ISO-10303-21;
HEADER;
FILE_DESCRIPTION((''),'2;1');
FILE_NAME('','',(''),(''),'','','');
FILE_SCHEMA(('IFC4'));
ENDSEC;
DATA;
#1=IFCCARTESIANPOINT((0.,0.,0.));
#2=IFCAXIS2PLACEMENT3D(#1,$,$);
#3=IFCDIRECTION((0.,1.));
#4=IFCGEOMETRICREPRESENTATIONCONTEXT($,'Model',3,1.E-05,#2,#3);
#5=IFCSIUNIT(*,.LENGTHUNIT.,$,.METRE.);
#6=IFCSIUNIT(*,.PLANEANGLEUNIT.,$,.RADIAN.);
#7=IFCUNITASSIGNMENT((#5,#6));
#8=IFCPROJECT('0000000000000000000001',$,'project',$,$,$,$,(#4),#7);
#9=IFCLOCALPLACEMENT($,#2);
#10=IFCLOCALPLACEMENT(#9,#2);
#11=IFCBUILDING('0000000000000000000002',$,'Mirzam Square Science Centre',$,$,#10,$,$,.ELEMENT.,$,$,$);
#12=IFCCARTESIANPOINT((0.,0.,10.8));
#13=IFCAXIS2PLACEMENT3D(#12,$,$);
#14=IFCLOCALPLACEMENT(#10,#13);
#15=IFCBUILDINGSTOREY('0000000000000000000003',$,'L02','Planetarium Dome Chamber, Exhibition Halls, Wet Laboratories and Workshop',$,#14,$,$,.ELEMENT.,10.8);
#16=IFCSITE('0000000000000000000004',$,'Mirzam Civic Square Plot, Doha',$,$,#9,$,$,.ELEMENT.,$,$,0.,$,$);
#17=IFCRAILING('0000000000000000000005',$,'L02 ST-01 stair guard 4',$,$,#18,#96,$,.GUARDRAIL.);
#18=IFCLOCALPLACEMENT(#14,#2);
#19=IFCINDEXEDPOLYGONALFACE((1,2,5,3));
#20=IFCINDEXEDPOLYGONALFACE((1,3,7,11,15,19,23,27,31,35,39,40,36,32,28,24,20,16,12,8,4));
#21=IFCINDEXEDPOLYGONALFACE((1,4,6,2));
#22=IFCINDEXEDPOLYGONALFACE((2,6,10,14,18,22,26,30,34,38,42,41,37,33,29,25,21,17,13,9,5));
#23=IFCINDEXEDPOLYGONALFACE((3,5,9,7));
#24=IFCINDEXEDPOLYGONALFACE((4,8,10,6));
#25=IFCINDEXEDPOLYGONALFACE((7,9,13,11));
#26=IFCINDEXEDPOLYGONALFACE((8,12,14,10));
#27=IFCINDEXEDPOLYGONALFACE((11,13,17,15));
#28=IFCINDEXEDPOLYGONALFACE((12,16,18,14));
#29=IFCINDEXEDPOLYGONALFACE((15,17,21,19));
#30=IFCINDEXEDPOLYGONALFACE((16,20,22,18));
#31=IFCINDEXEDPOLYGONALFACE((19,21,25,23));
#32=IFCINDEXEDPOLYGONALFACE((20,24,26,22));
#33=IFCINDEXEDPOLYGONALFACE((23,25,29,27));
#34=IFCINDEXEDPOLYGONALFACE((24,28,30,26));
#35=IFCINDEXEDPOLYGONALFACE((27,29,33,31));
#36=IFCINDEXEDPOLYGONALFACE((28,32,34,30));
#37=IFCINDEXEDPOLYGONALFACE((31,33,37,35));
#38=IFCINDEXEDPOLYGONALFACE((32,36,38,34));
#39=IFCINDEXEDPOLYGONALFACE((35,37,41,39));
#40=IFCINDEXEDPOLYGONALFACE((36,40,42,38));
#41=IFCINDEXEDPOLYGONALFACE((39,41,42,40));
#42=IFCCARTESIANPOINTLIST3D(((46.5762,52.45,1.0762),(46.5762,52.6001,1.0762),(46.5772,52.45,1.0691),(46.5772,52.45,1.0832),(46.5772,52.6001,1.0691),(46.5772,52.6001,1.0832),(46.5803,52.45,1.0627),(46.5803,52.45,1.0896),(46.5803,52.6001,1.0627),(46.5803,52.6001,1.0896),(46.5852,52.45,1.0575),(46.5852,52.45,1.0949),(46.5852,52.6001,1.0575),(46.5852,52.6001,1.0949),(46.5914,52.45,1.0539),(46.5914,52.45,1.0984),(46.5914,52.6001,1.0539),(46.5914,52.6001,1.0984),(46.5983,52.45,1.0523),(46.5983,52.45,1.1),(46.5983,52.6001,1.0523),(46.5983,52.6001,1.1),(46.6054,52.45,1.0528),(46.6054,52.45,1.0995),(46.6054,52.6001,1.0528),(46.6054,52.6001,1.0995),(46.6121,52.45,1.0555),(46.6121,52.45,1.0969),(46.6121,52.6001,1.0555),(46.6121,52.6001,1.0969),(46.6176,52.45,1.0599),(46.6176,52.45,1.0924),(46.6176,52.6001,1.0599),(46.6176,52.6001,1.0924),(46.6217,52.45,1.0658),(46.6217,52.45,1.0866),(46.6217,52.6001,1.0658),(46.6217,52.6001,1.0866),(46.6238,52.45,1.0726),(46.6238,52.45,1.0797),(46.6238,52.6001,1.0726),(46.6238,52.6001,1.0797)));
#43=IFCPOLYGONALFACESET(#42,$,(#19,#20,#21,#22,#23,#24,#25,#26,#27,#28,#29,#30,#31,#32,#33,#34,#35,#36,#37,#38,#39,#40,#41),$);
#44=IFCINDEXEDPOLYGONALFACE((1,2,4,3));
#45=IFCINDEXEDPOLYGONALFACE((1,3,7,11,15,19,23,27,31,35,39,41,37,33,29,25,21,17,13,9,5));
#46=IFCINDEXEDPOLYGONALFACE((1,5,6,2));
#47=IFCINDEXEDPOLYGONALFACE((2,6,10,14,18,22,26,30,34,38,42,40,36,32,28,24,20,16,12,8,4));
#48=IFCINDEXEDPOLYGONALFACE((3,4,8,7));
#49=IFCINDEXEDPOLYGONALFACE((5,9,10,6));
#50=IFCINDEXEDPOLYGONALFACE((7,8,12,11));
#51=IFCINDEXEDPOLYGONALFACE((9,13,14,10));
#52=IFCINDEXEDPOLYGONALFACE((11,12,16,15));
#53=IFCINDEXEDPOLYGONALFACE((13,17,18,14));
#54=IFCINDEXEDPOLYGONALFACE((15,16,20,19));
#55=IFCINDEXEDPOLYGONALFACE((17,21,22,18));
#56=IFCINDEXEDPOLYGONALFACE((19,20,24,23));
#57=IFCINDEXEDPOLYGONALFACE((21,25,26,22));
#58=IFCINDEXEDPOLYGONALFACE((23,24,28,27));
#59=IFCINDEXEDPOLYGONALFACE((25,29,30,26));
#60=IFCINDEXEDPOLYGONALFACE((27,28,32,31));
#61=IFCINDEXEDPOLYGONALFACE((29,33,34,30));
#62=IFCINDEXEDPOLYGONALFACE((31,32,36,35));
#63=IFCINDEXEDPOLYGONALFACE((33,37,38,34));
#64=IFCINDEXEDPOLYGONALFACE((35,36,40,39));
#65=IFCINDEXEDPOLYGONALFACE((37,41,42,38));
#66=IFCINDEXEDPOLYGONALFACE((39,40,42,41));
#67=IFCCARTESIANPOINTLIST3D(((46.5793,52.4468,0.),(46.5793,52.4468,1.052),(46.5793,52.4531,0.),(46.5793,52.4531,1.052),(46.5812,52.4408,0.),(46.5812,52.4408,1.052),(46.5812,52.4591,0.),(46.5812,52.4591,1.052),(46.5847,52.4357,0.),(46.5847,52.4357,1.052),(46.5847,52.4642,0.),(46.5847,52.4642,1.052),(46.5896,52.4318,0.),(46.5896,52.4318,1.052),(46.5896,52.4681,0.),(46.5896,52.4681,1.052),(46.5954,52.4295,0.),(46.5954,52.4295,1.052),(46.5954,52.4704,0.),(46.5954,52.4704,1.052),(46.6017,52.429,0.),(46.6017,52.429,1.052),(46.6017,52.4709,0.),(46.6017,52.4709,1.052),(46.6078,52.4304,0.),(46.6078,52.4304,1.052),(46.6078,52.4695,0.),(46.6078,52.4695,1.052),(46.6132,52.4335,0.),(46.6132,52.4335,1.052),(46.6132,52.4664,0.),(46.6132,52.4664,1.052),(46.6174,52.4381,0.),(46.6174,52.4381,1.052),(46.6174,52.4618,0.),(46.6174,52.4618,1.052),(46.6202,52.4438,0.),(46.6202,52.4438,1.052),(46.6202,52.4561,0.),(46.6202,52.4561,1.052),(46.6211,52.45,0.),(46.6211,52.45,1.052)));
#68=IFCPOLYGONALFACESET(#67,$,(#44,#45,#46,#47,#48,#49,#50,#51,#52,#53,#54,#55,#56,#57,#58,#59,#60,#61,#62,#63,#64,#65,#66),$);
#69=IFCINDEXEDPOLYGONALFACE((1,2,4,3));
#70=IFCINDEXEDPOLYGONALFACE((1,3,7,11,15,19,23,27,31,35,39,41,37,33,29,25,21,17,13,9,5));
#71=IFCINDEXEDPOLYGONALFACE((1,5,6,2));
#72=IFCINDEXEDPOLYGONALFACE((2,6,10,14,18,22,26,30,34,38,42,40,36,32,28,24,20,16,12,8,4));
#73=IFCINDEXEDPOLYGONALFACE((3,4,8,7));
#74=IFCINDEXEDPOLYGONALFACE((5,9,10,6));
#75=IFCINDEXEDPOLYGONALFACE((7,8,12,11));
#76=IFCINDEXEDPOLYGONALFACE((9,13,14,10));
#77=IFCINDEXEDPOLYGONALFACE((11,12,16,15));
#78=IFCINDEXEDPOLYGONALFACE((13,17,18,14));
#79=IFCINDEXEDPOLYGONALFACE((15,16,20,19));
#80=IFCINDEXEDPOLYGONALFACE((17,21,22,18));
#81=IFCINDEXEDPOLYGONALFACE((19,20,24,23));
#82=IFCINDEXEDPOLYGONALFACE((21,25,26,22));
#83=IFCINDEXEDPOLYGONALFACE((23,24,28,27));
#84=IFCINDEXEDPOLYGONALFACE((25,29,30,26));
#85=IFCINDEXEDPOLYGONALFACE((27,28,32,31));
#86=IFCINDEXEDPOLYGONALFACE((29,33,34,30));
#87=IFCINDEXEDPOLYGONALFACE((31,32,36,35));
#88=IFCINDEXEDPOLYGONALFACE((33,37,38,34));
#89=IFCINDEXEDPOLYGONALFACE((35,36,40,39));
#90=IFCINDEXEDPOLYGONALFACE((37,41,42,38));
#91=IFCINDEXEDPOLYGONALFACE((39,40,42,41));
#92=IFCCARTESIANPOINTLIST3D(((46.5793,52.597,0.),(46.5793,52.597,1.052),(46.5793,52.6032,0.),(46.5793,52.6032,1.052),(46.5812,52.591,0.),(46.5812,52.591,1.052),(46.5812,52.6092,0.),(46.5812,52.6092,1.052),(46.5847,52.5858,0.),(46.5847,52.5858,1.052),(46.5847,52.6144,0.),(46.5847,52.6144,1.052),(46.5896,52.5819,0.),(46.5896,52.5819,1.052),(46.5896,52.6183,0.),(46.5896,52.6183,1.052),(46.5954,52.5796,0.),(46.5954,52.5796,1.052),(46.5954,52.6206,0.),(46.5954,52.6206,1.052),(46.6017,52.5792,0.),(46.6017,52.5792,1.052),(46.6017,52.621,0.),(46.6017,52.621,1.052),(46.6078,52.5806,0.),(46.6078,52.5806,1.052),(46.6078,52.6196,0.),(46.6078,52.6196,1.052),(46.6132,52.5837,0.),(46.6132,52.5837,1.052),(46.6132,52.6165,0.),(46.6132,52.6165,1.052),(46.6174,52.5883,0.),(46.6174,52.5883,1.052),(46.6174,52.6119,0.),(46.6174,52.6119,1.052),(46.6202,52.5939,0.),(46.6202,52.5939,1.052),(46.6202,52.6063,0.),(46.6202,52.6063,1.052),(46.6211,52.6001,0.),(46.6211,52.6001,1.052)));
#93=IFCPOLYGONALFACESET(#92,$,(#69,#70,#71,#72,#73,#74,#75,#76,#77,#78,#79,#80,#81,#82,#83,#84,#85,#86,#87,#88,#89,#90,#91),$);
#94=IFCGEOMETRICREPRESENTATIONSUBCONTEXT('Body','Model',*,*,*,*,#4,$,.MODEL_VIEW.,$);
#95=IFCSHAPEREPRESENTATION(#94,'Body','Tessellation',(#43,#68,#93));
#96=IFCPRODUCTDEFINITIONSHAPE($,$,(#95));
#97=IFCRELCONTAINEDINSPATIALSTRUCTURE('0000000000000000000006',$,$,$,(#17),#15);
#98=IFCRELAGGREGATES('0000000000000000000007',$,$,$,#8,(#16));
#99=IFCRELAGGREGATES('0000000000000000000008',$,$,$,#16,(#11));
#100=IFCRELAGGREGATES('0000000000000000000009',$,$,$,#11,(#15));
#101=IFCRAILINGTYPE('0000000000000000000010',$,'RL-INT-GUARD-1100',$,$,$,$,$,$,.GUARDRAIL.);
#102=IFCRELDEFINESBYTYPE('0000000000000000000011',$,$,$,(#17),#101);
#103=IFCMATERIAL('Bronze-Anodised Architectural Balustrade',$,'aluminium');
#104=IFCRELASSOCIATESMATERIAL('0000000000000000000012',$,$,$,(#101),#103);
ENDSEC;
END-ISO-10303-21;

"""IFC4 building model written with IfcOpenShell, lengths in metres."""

from ifc_helpers import new_model, si_unit, direction, frame, origin, origin_2d, place, context, subcontext, project, spatial, circle, extrude, material, type_object, element, save


model = new_model("IFC4")

# Units and contexts
model_context = context("Model", 3, precision=1e-05, world=origin(), true_north=direction((0.0, 1.0)))
body_context = subcontext(model_context, "Body", "Model", "MODEL_VIEW")
ifc_project = project(units=[si_unit("LENGTHUNIT", "METRE"), si_unit("PLANEANGLEUNIT", "RADIAN")], contexts=[model_context])

# Site, building, storey
site_placement = place(None, origin())
site = spatial("IfcSite", under=ifc_project, at=site_placement, Name="Mirzam Civic Square Plot, Doha", CompositionType="ELEMENT", RefElevation=0.0)
building_placement = place(site_placement, origin())
building = spatial("IfcBuilding", under=site, at=building_placement, Name="Mirzam Square Science Centre", CompositionType="ELEMENT")
storey_placement = place(building_placement, frame((0.0, 0.0, 10.8)))
storey = spatial("IfcBuildingStorey", under=building, at=storey_placement, Name="L02", Description="Planetarium Dome Chamber, Exhibition Halls, Wet Laboratories and Workshop", CompositionType="ELEMENT", Elevation=10.8)

# Railing
ifc_material_1 = material(Name="Bronze-Anodised Architectural Balustrade", Category="aluminium")
railing_type_1 = type_object("IfcRailingType", Name="RL-INT-GUARD-1100", PredefinedType="GUARDRAIL", material=ifc_material_1)
railing_1_placement = place(storey_placement, frame((46.6001, 52.45, 0.0)))
element("IfcRailing", 1, at=railing_1_placement, inside=storey, type_object=railing_type_1, Name="L02 ST-01 stair guard 4", PredefinedType="GUARDRAIL", context=body_context, shape_type="SweptSolid", body=[
    extrude(circle(Radius=0.0239, at=origin_2d()), frame((0.0, 0.0, 1.0762), z_axis=(0.0, 1.0, 0.0), x_axis=(-1.0, 0.0, 0.0)), (0.0, 0.0, 1.0), 0.1501),
    extrude(circle(Radius=0.021, at=origin_2d()), origin(), (0.0, 0.0, 1.0), 1.052),
    extrude(circle(Radius=0.021, at=origin_2d()), frame((0.0, 0.1501, 0.0)), (0.0, 0.0, 1.0), 1.052),
])

save(model, "model.ifc")
